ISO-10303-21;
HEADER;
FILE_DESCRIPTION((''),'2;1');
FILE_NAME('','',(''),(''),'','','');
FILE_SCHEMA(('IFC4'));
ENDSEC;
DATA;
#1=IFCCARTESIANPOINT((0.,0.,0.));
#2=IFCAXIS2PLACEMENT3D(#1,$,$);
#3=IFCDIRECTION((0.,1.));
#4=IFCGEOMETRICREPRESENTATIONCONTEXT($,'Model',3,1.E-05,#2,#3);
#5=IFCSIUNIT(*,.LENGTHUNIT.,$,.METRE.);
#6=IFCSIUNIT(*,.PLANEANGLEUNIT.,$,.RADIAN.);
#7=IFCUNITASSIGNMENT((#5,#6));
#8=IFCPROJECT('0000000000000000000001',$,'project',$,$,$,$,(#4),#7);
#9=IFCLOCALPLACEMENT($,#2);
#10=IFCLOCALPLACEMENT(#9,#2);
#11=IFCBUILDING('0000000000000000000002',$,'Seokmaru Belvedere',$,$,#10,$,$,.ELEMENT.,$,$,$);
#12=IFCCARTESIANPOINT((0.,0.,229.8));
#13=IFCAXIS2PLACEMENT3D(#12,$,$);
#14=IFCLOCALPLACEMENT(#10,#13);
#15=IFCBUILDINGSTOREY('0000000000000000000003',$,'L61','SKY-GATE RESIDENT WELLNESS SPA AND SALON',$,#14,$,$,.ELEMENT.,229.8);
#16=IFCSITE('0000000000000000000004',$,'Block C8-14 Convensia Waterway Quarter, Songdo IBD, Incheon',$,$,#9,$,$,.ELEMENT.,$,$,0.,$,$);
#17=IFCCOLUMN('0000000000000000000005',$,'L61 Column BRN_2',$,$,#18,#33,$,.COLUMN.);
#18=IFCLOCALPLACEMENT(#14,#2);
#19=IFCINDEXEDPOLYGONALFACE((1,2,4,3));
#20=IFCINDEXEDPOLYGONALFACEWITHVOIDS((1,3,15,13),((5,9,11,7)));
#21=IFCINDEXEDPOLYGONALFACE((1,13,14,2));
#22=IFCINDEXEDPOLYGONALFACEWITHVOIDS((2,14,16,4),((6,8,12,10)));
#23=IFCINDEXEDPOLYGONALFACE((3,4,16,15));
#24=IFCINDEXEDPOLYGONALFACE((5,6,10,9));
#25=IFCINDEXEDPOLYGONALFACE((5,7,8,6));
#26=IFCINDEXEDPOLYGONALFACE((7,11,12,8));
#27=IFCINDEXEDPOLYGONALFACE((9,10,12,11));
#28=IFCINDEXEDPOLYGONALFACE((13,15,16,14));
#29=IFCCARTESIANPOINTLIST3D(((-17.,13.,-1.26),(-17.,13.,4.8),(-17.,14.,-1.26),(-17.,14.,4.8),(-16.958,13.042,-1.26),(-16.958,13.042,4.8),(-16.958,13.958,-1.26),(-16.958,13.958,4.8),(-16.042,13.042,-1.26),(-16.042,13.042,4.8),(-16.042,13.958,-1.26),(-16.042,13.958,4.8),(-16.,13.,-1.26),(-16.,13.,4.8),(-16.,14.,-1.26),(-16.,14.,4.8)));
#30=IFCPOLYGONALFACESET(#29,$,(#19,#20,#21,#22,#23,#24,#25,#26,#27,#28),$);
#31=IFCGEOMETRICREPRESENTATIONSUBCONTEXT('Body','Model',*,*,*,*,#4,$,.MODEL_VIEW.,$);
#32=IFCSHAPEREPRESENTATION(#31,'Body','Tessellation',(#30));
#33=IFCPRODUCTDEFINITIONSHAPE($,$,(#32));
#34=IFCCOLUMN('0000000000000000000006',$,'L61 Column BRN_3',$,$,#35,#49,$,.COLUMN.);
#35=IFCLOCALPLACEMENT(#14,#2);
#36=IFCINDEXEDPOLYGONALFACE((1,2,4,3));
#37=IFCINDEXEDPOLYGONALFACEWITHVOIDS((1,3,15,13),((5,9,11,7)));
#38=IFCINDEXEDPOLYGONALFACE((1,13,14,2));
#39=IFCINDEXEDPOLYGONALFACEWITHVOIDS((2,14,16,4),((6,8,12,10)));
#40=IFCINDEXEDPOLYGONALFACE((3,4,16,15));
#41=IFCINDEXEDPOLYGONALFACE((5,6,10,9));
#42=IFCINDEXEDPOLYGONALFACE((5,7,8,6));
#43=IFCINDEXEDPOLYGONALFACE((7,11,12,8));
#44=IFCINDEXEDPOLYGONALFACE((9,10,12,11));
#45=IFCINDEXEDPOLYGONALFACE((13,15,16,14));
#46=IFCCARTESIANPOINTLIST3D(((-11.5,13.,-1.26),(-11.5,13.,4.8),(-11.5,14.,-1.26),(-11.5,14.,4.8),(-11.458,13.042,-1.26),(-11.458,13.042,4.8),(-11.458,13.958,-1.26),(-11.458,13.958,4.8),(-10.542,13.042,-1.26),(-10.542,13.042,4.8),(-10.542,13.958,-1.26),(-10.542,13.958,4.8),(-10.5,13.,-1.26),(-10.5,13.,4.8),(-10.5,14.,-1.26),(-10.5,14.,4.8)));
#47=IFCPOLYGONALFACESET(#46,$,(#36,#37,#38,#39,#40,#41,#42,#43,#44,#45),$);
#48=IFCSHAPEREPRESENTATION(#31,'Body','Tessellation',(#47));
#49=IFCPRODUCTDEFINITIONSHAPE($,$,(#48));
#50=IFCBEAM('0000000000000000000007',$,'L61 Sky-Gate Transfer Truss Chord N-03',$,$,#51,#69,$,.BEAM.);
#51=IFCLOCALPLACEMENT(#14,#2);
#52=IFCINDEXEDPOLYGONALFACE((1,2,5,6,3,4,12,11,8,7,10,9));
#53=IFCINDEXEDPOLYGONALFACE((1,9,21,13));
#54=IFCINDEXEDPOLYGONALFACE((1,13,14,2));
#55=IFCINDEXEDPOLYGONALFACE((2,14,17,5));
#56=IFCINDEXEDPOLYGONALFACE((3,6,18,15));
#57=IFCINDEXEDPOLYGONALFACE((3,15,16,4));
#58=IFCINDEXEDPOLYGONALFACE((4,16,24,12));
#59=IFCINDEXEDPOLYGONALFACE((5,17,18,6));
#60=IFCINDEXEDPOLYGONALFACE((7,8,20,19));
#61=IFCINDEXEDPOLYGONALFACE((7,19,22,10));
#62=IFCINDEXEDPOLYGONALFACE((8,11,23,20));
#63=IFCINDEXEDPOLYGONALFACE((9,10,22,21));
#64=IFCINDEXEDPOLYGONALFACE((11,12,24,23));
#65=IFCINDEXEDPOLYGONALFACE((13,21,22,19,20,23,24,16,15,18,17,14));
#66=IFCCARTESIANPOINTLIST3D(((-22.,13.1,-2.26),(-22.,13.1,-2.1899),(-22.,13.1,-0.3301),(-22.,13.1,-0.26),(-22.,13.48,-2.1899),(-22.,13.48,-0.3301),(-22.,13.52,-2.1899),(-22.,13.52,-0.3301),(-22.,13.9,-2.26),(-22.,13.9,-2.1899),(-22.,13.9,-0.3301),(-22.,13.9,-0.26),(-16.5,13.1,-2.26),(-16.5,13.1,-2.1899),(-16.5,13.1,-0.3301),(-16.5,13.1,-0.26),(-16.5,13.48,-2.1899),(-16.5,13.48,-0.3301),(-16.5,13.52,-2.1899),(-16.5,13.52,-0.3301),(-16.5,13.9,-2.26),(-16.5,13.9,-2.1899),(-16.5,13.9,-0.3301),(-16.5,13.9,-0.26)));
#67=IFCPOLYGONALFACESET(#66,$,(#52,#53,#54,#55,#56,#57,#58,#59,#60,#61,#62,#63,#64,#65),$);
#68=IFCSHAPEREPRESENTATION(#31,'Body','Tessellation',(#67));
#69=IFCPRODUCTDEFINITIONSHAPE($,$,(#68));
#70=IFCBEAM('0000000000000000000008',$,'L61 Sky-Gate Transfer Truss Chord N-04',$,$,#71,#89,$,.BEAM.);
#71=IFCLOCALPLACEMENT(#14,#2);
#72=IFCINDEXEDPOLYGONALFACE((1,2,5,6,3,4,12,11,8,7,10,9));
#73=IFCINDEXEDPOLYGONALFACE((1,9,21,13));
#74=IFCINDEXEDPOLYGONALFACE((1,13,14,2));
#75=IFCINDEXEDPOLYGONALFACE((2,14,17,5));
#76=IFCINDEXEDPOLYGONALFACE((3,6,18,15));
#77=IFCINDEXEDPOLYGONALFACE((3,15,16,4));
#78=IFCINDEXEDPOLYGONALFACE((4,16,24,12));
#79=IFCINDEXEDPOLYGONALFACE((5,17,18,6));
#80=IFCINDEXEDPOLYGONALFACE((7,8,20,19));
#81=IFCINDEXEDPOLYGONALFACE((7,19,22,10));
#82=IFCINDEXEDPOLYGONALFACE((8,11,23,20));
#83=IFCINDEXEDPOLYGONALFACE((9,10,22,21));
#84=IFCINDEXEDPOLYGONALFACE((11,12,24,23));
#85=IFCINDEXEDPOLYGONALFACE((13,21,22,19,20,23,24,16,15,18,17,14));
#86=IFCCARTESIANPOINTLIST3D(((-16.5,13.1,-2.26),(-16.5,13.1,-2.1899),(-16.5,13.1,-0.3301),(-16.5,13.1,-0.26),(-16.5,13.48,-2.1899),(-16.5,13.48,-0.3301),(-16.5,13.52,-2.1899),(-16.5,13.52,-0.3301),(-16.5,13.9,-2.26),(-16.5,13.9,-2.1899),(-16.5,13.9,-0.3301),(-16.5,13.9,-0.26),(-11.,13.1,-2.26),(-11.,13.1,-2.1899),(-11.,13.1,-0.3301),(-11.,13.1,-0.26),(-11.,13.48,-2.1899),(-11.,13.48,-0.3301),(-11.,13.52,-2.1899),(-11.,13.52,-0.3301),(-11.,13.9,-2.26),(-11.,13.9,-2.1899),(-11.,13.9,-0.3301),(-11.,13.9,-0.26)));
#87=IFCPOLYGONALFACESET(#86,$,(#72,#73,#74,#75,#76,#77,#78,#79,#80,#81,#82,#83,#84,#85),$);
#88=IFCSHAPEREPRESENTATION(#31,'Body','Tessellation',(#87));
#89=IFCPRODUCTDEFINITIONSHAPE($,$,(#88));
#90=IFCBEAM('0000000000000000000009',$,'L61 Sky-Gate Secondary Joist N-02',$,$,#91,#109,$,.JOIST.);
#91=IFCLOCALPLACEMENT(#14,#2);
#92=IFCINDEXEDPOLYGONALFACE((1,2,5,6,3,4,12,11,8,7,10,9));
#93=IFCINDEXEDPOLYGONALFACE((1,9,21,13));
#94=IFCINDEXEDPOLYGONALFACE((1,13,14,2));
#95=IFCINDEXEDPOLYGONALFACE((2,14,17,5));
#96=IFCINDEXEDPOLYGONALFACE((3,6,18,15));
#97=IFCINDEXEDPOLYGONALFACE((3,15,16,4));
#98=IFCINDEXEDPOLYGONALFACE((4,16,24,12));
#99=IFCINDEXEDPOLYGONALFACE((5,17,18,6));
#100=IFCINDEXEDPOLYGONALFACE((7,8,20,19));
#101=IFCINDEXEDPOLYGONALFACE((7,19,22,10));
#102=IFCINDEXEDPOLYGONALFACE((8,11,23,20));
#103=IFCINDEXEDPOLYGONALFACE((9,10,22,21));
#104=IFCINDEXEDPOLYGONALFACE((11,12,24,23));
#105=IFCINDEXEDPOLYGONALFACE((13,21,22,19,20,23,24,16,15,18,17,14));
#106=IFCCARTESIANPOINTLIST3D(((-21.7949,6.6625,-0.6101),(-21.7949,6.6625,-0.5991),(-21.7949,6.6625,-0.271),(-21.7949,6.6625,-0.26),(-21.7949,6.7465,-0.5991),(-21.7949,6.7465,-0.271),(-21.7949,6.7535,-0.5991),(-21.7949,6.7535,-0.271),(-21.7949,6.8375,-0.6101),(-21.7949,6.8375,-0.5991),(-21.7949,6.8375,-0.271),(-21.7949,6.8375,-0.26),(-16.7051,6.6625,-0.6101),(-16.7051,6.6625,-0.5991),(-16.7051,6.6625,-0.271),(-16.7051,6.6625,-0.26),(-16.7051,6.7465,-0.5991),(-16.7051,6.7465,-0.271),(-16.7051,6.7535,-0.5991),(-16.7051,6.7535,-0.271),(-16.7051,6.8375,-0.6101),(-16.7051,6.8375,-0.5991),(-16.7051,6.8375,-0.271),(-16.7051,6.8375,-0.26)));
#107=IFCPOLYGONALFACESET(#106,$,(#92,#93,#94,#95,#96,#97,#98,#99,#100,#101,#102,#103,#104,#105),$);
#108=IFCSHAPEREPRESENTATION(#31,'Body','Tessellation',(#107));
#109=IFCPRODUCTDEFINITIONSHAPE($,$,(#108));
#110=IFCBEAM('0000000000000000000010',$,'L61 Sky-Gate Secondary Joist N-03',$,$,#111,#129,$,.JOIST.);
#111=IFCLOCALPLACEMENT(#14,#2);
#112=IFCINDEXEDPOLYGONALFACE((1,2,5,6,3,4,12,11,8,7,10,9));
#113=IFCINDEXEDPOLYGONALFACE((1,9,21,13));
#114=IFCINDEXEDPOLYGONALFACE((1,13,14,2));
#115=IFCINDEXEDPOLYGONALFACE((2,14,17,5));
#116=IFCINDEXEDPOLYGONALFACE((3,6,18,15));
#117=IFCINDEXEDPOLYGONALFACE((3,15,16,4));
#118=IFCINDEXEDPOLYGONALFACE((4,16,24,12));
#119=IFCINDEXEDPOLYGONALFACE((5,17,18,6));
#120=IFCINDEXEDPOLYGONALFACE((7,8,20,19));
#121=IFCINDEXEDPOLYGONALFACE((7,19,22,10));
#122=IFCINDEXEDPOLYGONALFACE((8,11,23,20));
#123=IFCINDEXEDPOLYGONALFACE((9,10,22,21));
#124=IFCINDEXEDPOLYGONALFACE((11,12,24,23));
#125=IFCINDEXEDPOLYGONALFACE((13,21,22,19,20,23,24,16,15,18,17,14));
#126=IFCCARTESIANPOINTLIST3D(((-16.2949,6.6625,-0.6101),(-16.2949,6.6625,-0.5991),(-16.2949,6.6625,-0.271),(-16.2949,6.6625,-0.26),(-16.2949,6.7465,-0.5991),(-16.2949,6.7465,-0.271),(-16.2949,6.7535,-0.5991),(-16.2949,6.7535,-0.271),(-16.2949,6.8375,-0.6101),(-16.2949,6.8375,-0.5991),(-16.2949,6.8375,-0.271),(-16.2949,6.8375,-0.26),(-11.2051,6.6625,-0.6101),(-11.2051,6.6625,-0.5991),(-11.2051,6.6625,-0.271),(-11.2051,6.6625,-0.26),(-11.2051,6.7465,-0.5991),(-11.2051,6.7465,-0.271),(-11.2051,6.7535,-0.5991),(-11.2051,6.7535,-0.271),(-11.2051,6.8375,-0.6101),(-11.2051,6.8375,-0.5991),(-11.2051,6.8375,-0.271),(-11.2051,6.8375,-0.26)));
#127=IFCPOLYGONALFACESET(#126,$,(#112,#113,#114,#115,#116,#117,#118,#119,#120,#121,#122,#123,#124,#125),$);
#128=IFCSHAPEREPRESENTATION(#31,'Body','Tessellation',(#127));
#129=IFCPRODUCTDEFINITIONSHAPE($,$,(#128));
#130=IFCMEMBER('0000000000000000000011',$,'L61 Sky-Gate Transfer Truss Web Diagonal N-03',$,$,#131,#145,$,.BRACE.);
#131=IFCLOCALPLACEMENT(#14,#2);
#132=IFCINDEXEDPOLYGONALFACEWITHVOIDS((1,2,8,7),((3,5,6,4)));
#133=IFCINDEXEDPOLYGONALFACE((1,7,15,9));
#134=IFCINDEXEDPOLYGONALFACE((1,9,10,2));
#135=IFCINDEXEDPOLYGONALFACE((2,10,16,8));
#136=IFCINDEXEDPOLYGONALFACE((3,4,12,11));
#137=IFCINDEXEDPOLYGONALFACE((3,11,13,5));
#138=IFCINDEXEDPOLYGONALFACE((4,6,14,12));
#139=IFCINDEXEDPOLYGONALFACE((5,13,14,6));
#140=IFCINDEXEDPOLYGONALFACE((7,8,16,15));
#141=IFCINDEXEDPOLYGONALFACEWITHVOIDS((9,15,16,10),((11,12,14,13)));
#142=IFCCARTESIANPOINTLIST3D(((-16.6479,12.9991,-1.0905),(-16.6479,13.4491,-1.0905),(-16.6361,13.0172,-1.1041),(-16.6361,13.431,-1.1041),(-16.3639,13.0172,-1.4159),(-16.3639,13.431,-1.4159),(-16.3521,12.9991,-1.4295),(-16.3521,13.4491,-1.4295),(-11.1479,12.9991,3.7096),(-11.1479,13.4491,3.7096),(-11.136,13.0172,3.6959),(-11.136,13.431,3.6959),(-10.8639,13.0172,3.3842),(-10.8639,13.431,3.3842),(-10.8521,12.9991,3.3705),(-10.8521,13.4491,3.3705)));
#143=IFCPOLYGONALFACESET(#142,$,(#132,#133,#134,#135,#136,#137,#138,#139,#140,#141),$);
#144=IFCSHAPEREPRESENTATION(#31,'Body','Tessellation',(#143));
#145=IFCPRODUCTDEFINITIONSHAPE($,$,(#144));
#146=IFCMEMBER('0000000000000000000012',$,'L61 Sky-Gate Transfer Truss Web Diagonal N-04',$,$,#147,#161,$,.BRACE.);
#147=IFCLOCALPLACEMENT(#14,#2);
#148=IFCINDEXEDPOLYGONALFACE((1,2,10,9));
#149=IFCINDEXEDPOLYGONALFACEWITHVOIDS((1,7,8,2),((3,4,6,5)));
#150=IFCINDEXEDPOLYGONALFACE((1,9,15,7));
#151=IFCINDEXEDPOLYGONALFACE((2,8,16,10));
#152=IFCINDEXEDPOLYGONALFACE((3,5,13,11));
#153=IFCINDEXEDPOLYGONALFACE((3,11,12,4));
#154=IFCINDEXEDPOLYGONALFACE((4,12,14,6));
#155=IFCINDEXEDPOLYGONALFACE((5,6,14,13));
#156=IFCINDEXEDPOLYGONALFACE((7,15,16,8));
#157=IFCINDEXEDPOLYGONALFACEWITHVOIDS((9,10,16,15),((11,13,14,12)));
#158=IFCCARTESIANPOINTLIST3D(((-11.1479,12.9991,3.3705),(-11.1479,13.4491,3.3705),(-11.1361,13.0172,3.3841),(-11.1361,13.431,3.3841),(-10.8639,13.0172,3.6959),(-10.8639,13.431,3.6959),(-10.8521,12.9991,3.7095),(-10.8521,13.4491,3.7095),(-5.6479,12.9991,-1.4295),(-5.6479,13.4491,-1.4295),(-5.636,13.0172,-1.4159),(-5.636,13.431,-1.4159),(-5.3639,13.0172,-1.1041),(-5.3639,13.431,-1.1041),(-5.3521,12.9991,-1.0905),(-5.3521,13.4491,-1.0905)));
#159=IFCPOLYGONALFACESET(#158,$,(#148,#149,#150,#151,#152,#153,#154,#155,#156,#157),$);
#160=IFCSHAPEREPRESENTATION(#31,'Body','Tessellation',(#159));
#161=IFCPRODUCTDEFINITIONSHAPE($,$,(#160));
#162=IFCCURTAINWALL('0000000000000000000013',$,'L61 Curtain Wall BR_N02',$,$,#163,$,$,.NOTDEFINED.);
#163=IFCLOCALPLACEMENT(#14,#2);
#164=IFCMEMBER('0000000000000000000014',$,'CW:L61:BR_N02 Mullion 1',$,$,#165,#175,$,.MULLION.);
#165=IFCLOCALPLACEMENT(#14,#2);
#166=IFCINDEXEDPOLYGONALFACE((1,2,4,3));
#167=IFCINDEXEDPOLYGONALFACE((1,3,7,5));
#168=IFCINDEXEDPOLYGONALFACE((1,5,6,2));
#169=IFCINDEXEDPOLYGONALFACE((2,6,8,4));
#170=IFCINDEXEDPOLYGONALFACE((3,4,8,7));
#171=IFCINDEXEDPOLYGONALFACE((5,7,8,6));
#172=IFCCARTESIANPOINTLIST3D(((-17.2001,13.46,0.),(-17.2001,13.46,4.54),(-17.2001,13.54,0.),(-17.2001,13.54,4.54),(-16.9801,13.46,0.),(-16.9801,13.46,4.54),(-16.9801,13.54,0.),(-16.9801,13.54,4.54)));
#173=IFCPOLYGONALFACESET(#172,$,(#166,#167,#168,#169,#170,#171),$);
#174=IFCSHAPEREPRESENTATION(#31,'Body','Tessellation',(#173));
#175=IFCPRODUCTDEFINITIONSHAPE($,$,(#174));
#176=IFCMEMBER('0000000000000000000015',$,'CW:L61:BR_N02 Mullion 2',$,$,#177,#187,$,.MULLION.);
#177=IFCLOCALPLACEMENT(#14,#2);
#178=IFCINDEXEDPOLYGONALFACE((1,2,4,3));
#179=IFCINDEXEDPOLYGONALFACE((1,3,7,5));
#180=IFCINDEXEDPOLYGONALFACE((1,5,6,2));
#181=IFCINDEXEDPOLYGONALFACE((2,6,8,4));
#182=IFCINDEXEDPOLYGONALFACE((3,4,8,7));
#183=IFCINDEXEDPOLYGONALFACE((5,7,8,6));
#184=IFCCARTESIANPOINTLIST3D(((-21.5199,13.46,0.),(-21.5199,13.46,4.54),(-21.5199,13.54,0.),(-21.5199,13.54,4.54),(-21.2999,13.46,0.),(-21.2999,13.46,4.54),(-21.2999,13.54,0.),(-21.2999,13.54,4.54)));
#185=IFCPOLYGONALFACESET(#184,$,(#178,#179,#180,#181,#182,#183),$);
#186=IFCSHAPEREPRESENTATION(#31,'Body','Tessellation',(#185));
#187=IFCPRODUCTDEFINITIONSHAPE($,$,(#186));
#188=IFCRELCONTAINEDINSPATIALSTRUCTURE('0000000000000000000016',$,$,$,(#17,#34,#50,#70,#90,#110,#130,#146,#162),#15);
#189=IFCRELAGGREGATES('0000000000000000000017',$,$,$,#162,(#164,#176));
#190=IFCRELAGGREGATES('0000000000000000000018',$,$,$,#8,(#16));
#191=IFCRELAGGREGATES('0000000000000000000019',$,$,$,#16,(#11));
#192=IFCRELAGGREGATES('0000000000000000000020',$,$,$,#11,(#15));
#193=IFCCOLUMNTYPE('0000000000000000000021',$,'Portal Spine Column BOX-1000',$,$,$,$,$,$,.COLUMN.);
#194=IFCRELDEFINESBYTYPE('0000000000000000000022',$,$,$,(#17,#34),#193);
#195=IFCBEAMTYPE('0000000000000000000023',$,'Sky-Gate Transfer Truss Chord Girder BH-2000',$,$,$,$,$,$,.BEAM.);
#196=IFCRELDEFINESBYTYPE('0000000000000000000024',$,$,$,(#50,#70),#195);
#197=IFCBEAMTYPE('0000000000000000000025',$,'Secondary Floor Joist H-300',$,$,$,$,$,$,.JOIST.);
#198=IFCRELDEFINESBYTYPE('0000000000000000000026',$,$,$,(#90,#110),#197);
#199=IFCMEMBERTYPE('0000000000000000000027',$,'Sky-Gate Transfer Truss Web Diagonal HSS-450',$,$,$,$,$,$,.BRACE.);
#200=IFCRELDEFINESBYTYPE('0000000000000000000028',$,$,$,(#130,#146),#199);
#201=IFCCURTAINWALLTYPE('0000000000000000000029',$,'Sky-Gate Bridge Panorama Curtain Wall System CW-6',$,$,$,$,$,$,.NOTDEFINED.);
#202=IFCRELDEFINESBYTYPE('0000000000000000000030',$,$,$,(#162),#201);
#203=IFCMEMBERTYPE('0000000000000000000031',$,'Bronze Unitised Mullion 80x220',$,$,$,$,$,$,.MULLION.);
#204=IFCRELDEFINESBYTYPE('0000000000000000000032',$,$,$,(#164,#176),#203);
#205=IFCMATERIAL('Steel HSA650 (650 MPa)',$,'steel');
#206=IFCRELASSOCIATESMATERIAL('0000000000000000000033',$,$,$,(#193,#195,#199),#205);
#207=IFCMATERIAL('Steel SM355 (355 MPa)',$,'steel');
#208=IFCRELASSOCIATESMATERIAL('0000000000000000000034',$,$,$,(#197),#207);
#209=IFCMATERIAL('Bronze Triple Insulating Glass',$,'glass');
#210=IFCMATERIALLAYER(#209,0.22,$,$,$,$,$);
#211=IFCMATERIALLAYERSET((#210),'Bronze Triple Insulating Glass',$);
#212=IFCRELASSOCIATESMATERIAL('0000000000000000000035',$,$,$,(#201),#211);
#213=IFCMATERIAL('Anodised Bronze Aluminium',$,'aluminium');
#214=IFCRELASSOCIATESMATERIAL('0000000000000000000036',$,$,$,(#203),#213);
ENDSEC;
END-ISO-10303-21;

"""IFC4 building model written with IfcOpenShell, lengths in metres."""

from ifc_helpers import new_model, si_unit, direction, frame, origin, origin_2d, place, context, subcontext, project, spatial, rectangle, hollow_rectangle, i_section, extrude, source, transform, mapped, material, layer, layer_set, material_profile, profile_set, type_object, type_shapes, element, aggregate, save


model = new_model("IFC4")

# Units and contexts
model_context = context("Model", 3, precision=1e-05, world=origin(), true_north=direction((0.0, 1.0)))
body_context = subcontext(model_context, "Body", "Model", "MODEL_VIEW")
ifc_project = project(units=[si_unit("LENGTHUNIT", "METRE"), si_unit("PLANEANGLEUNIT", "RADIAN")], contexts=[model_context])

# Site, building, storey
site_placement = place(None, origin())
site = spatial("IfcSite", under=ifc_project, at=site_placement, Name="Block C8-14 Convensia Waterway Quarter, Songdo IBD, Incheon", CompositionType="ELEMENT", RefElevation=0.0)
building_placement = place(site_placement, origin())
building = spatial("IfcBuilding", under=site, at=building_placement, Name="Seokmaru Belvedere", CompositionType="ELEMENT")
storey_placement = place(building_placement, frame((0.0, 0.0, 229.8)))
storey = spatial("IfcBuildingStorey", under=building, at=storey_placement, Name="L61", Description="SKY-GATE RESIDENT WELLNESS SPA AND SALON", CompositionType="ELEMENT", Elevation=229.8)

# Columns
ifc_material_1 = material(Name="Steel HSA650 (650 MPa)", Category="steel")
ifc_material_profile_1 = material_profile(ifc_material_1, hollow_rectangle(XDim=1.0, YDim=1.0, WallThickness=0.042, at=origin_2d()), Name="BOX-1000x1000x42")
ifc_profile_set_1 = profile_set([ifc_material_profile_1], Name="Steel HSA650 (650 MPa)")
column_type = type_object("IfcColumnType", Name="Portal Spine Column BOX-1000", PredefinedType="COLUMN", material=ifc_profile_set_1)
shared_shape_1 = source(origin(), body_context, "Body", "SweptSolid", [
    extrude(hollow_rectangle(XDim=1.0, YDim=1.0, WallThickness=0.042, at=origin_2d()), origin(), (0.0, 0.0, 1.0), 6.0601),
])
type_shapes(column_type, [shared_shape_1])
for number, where, z_axis, x_axis, name in (
    (1, (-16.5, 13.5, -1.26), (0.0, 0.0, 1.0), (1.0, 0.0, 0.0), "L61 Column BRN_2"),
    (2, (-11.0, 13.5, -1.26), (0.0, 0.0, 1.0), (1.0, 0.0, 0.0), "L61 Column BRN_3"),
):
    element("IfcColumn", number, at=place(storey_placement, frame(where, z_axis=z_axis, x_axis=x_axis)), inside=storey, type_object=column_type, Name=name, PredefinedType="COLUMN", context=body_context, shape_type="MappedRepresentation", body=[
        mapped(shared_shape_1, transform((0.0, 0.0, 0.0), scale=1.0)),
    ])

# Beams
ifc_material_profile_2 = material_profile(ifc_material_1, i_section(OverallWidth=0.8, OverallDepth=2.0, WebThickness=0.04, FlangeThickness=0.0701, at=origin_2d()), Name="BH-2000x800x40x70")
ifc_profile_set_2 = profile_set([ifc_material_profile_2], Name="Steel HSA650 (650 MPa)")
beam_type_1 = type_object("IfcBeamType", Name="Sky-Gate Transfer Truss Chord Girder BH-2000", PredefinedType="BEAM", material=ifc_profile_set_2)
shared_shape_2 = source(origin(), body_context, "Body", "SweptSolid", [
    extrude(i_section(OverallWidth=0.8, OverallDepth=2.0, WebThickness=0.04, FlangeThickness=0.0701, at=origin_2d()), origin(), (0.0, 0.0, 1.0), 5.5),
])
type_shapes(beam_type_1, [shared_shape_2])
for number, where, z_axis, x_axis, name in (
    (3, (-22.0, 13.5, -1.26), (1.0, 0.0, 0.0), (0.0, 1.0, 0.0), "L61 Sky-Gate Transfer Truss Chord N-03"),
    (4, (-16.5, 13.5, -1.26), (1.0, 0.0, 0.0), (0.0, 1.0, 0.0), "L61 Sky-Gate Transfer Truss Chord N-04"),
):
    element("IfcBeam", number, at=place(storey_placement, frame(where, z_axis=z_axis, x_axis=x_axis)), inside=storey, type_object=beam_type_1, Name=name, PredefinedType="BEAM", context=body_context, shape_type="MappedRepresentation", body=[
        mapped(shared_shape_2, transform((0.0, 0.0, 0.0), scale=1.0)),
    ])
ifc_material_2 = material(Name="Steel SM355 (355 MPa)", Category="steel")
ifc_material_profile_3 = material_profile(ifc_material_2, i_section(OverallWidth=0.175, OverallDepth=0.3501, WebThickness=0.0071, FlangeThickness=0.011, at=origin_2d()), Name="H-350x175x7x11")
ifc_profile_set_3 = profile_set([ifc_material_profile_3], Name="Steel SM355 (355 MPa)")
beam_type_2 = type_object("IfcBeamType", Name="Secondary Floor Joist H-300", PredefinedType="JOIST", material=ifc_profile_set_3)
shared_shape_3 = source(origin(), body_context, "Body", "SweptSolid", [
    extrude(i_section(OverallWidth=0.175, OverallDepth=0.3501, WebThickness=0.0071, FlangeThickness=0.011, at=origin_2d()), origin(), (0.0, 0.0, 1.0), 5.0898),
])
type_shapes(beam_type_2, [shared_shape_3])
for number, where, z_axis, x_axis, name in (
    (5, (-21.7949, 6.75, -0.4351), (1.0, 0.0, 0.0), (0.0, 1.0, 0.0), "L61 Sky-Gate Secondary Joist N-02"),
    (6, (-16.2949, 6.75, -0.4351), (1.0, 0.0, 0.0), (0.0, 1.0, 0.0), "L61 Sky-Gate Secondary Joist N-03"),
):
    element("IfcBeam", number, at=place(storey_placement, frame(where, z_axis=z_axis, x_axis=x_axis)), inside=storey, type_object=beam_type_2, Name=name, PredefinedType="JOIST", context=body_context, shape_type="MappedRepresentation", body=[
        mapped(shared_shape_3, transform((0.0, 0.0, 0.0), scale=1.0)),
    ])

# Members
ifc_material_profile_4 = material_profile(ifc_material_1, hollow_rectangle(XDim=0.45, YDim=0.45, WallThickness=0.0181, at=origin_2d()), Name="HSS-450x450x18")
ifc_profile_set_4 = profile_set([ifc_material_profile_4], Name="Steel HSA650 (650 MPa)")
member_type_1 = type_object("IfcMemberType", Name="Sky-Gate Transfer Truss Web Diagonal HSS-450", PredefinedType="BRACE", material=ifc_profile_set_4)
shared_shape_4 = source(origin(), body_context, "Body", "SweptSolid", [
    extrude(hollow_rectangle(XDim=0.45, YDim=0.45, WallThickness=0.0181, at=origin_2d()), origin(), (0.0, 0.0, 1.0), 7.3),
])
type_shapes(member_type_1, [shared_shape_4])
for number, where, z_axis, x_axis, name in (
    (7, (-16.5, 13.2241, -1.26), (0.753421, 0.0, 0.657538), (0.0, 1.0, 0.0), "L61 Sky-Gate Transfer Truss Web Diagonal N-03"),
    (8, (-11.0, 13.2241, 3.54), (0.753421, 0.0, -0.657538), (0.0, 1.0, 0.0), "L61 Sky-Gate Transfer Truss Web Diagonal N-04"),
):
    element("IfcMember", number, at=place(storey_placement, frame(where, z_axis=z_axis, x_axis=x_axis)), inside=storey, type_object=member_type_1, Name=name, PredefinedType="BRACE", context=body_context, shape_type="MappedRepresentation", body=[
        mapped(shared_shape_4, transform((0.0, 0.0, 0.0), scale=1.0)),
    ])

# Curtain wall, members
ifc_material_3 = material(Name="Bronze Triple Insulating Glass", Category="glass")
ifc_layer_1 = layer(ifc_material_3, 0.22)
ifc_layer_set_1 = layer_set([ifc_layer_1], Name="Bronze Triple Insulating Glass")
curtain_wall_type = type_object("IfcCurtainWallType", Name="Sky-Gate Bridge Panorama Curtain Wall System CW-6", PredefinedType="NOTDEFINED", material=ifc_layer_set_1)
curtain_wall_1_placement = place(storey_placement, origin())
curtain_wall_1 = element("IfcCurtainWall", 9, at=curtain_wall_1_placement, inside=storey, type_object=curtain_wall_type, Name="L61 Curtain Wall BR_N02", PredefinedType="NOTDEFINED")
ifc_material_4 = material(Name="Anodised Bronze Aluminium", Category="aluminium")
ifc_material_profile_5 = material_profile(ifc_material_4, rectangle(XDim=0.0801, YDim=0.22, at=origin_2d()), Name="CW-M-80x220")
ifc_profile_set_5 = profile_set([ifc_material_profile_5], Name="Anodised Bronze Aluminium")
member_type_2 = type_object("IfcMemberType", Name="Bronze Unitised Mullion 80x220", PredefinedType="MULLION", material=ifc_profile_set_5)
shared_shape_5 = source(origin(), body_context, "Body", "SweptSolid", [
    extrude(rectangle(XDim=0.0801, YDim=0.22, at=origin_2d()), origin(), (0.0, 0.0, 1.0), 4.54),
])
type_shapes(member_type_2, [shared_shape_5])
member_1_placement = place(storey_placement, frame((-17.0901, 13.5, 0.0), z_axis=(0.0, 0.0, 1.0), x_axis=(0.0, -1.0, 0.0)))
member_1 = element("IfcMember", 10, at=member_1_placement, type_object=member_type_2, Name="CW:L61:BR_N02 Mullion 1", PredefinedType="MULLION", context=body_context, shape_type="MappedRepresentation", body=[
    mapped(shared_shape_5, transform((0.0, 0.0, 0.0), scale=1.0)),
])
member_2_placement = place(storey_placement, frame((-21.4099, 13.5, 0.0), z_axis=(0.0, 0.0, 1.0), x_axis=(0.0, -1.0, 0.0)))
member_2 = element("IfcMember", 11, at=member_2_placement, type_object=member_type_2, Name="CW:L61:BR_N02 Mullion 2", PredefinedType="MULLION", context=body_context, shape_type="MappedRepresentation", body=[
    mapped(shared_shape_5, transform((0.0, 0.0, 0.0), scale=1.0)),
])

aggregate(curtain_wall_1, [member_1, member_2])

save(model, "model.ifc")
